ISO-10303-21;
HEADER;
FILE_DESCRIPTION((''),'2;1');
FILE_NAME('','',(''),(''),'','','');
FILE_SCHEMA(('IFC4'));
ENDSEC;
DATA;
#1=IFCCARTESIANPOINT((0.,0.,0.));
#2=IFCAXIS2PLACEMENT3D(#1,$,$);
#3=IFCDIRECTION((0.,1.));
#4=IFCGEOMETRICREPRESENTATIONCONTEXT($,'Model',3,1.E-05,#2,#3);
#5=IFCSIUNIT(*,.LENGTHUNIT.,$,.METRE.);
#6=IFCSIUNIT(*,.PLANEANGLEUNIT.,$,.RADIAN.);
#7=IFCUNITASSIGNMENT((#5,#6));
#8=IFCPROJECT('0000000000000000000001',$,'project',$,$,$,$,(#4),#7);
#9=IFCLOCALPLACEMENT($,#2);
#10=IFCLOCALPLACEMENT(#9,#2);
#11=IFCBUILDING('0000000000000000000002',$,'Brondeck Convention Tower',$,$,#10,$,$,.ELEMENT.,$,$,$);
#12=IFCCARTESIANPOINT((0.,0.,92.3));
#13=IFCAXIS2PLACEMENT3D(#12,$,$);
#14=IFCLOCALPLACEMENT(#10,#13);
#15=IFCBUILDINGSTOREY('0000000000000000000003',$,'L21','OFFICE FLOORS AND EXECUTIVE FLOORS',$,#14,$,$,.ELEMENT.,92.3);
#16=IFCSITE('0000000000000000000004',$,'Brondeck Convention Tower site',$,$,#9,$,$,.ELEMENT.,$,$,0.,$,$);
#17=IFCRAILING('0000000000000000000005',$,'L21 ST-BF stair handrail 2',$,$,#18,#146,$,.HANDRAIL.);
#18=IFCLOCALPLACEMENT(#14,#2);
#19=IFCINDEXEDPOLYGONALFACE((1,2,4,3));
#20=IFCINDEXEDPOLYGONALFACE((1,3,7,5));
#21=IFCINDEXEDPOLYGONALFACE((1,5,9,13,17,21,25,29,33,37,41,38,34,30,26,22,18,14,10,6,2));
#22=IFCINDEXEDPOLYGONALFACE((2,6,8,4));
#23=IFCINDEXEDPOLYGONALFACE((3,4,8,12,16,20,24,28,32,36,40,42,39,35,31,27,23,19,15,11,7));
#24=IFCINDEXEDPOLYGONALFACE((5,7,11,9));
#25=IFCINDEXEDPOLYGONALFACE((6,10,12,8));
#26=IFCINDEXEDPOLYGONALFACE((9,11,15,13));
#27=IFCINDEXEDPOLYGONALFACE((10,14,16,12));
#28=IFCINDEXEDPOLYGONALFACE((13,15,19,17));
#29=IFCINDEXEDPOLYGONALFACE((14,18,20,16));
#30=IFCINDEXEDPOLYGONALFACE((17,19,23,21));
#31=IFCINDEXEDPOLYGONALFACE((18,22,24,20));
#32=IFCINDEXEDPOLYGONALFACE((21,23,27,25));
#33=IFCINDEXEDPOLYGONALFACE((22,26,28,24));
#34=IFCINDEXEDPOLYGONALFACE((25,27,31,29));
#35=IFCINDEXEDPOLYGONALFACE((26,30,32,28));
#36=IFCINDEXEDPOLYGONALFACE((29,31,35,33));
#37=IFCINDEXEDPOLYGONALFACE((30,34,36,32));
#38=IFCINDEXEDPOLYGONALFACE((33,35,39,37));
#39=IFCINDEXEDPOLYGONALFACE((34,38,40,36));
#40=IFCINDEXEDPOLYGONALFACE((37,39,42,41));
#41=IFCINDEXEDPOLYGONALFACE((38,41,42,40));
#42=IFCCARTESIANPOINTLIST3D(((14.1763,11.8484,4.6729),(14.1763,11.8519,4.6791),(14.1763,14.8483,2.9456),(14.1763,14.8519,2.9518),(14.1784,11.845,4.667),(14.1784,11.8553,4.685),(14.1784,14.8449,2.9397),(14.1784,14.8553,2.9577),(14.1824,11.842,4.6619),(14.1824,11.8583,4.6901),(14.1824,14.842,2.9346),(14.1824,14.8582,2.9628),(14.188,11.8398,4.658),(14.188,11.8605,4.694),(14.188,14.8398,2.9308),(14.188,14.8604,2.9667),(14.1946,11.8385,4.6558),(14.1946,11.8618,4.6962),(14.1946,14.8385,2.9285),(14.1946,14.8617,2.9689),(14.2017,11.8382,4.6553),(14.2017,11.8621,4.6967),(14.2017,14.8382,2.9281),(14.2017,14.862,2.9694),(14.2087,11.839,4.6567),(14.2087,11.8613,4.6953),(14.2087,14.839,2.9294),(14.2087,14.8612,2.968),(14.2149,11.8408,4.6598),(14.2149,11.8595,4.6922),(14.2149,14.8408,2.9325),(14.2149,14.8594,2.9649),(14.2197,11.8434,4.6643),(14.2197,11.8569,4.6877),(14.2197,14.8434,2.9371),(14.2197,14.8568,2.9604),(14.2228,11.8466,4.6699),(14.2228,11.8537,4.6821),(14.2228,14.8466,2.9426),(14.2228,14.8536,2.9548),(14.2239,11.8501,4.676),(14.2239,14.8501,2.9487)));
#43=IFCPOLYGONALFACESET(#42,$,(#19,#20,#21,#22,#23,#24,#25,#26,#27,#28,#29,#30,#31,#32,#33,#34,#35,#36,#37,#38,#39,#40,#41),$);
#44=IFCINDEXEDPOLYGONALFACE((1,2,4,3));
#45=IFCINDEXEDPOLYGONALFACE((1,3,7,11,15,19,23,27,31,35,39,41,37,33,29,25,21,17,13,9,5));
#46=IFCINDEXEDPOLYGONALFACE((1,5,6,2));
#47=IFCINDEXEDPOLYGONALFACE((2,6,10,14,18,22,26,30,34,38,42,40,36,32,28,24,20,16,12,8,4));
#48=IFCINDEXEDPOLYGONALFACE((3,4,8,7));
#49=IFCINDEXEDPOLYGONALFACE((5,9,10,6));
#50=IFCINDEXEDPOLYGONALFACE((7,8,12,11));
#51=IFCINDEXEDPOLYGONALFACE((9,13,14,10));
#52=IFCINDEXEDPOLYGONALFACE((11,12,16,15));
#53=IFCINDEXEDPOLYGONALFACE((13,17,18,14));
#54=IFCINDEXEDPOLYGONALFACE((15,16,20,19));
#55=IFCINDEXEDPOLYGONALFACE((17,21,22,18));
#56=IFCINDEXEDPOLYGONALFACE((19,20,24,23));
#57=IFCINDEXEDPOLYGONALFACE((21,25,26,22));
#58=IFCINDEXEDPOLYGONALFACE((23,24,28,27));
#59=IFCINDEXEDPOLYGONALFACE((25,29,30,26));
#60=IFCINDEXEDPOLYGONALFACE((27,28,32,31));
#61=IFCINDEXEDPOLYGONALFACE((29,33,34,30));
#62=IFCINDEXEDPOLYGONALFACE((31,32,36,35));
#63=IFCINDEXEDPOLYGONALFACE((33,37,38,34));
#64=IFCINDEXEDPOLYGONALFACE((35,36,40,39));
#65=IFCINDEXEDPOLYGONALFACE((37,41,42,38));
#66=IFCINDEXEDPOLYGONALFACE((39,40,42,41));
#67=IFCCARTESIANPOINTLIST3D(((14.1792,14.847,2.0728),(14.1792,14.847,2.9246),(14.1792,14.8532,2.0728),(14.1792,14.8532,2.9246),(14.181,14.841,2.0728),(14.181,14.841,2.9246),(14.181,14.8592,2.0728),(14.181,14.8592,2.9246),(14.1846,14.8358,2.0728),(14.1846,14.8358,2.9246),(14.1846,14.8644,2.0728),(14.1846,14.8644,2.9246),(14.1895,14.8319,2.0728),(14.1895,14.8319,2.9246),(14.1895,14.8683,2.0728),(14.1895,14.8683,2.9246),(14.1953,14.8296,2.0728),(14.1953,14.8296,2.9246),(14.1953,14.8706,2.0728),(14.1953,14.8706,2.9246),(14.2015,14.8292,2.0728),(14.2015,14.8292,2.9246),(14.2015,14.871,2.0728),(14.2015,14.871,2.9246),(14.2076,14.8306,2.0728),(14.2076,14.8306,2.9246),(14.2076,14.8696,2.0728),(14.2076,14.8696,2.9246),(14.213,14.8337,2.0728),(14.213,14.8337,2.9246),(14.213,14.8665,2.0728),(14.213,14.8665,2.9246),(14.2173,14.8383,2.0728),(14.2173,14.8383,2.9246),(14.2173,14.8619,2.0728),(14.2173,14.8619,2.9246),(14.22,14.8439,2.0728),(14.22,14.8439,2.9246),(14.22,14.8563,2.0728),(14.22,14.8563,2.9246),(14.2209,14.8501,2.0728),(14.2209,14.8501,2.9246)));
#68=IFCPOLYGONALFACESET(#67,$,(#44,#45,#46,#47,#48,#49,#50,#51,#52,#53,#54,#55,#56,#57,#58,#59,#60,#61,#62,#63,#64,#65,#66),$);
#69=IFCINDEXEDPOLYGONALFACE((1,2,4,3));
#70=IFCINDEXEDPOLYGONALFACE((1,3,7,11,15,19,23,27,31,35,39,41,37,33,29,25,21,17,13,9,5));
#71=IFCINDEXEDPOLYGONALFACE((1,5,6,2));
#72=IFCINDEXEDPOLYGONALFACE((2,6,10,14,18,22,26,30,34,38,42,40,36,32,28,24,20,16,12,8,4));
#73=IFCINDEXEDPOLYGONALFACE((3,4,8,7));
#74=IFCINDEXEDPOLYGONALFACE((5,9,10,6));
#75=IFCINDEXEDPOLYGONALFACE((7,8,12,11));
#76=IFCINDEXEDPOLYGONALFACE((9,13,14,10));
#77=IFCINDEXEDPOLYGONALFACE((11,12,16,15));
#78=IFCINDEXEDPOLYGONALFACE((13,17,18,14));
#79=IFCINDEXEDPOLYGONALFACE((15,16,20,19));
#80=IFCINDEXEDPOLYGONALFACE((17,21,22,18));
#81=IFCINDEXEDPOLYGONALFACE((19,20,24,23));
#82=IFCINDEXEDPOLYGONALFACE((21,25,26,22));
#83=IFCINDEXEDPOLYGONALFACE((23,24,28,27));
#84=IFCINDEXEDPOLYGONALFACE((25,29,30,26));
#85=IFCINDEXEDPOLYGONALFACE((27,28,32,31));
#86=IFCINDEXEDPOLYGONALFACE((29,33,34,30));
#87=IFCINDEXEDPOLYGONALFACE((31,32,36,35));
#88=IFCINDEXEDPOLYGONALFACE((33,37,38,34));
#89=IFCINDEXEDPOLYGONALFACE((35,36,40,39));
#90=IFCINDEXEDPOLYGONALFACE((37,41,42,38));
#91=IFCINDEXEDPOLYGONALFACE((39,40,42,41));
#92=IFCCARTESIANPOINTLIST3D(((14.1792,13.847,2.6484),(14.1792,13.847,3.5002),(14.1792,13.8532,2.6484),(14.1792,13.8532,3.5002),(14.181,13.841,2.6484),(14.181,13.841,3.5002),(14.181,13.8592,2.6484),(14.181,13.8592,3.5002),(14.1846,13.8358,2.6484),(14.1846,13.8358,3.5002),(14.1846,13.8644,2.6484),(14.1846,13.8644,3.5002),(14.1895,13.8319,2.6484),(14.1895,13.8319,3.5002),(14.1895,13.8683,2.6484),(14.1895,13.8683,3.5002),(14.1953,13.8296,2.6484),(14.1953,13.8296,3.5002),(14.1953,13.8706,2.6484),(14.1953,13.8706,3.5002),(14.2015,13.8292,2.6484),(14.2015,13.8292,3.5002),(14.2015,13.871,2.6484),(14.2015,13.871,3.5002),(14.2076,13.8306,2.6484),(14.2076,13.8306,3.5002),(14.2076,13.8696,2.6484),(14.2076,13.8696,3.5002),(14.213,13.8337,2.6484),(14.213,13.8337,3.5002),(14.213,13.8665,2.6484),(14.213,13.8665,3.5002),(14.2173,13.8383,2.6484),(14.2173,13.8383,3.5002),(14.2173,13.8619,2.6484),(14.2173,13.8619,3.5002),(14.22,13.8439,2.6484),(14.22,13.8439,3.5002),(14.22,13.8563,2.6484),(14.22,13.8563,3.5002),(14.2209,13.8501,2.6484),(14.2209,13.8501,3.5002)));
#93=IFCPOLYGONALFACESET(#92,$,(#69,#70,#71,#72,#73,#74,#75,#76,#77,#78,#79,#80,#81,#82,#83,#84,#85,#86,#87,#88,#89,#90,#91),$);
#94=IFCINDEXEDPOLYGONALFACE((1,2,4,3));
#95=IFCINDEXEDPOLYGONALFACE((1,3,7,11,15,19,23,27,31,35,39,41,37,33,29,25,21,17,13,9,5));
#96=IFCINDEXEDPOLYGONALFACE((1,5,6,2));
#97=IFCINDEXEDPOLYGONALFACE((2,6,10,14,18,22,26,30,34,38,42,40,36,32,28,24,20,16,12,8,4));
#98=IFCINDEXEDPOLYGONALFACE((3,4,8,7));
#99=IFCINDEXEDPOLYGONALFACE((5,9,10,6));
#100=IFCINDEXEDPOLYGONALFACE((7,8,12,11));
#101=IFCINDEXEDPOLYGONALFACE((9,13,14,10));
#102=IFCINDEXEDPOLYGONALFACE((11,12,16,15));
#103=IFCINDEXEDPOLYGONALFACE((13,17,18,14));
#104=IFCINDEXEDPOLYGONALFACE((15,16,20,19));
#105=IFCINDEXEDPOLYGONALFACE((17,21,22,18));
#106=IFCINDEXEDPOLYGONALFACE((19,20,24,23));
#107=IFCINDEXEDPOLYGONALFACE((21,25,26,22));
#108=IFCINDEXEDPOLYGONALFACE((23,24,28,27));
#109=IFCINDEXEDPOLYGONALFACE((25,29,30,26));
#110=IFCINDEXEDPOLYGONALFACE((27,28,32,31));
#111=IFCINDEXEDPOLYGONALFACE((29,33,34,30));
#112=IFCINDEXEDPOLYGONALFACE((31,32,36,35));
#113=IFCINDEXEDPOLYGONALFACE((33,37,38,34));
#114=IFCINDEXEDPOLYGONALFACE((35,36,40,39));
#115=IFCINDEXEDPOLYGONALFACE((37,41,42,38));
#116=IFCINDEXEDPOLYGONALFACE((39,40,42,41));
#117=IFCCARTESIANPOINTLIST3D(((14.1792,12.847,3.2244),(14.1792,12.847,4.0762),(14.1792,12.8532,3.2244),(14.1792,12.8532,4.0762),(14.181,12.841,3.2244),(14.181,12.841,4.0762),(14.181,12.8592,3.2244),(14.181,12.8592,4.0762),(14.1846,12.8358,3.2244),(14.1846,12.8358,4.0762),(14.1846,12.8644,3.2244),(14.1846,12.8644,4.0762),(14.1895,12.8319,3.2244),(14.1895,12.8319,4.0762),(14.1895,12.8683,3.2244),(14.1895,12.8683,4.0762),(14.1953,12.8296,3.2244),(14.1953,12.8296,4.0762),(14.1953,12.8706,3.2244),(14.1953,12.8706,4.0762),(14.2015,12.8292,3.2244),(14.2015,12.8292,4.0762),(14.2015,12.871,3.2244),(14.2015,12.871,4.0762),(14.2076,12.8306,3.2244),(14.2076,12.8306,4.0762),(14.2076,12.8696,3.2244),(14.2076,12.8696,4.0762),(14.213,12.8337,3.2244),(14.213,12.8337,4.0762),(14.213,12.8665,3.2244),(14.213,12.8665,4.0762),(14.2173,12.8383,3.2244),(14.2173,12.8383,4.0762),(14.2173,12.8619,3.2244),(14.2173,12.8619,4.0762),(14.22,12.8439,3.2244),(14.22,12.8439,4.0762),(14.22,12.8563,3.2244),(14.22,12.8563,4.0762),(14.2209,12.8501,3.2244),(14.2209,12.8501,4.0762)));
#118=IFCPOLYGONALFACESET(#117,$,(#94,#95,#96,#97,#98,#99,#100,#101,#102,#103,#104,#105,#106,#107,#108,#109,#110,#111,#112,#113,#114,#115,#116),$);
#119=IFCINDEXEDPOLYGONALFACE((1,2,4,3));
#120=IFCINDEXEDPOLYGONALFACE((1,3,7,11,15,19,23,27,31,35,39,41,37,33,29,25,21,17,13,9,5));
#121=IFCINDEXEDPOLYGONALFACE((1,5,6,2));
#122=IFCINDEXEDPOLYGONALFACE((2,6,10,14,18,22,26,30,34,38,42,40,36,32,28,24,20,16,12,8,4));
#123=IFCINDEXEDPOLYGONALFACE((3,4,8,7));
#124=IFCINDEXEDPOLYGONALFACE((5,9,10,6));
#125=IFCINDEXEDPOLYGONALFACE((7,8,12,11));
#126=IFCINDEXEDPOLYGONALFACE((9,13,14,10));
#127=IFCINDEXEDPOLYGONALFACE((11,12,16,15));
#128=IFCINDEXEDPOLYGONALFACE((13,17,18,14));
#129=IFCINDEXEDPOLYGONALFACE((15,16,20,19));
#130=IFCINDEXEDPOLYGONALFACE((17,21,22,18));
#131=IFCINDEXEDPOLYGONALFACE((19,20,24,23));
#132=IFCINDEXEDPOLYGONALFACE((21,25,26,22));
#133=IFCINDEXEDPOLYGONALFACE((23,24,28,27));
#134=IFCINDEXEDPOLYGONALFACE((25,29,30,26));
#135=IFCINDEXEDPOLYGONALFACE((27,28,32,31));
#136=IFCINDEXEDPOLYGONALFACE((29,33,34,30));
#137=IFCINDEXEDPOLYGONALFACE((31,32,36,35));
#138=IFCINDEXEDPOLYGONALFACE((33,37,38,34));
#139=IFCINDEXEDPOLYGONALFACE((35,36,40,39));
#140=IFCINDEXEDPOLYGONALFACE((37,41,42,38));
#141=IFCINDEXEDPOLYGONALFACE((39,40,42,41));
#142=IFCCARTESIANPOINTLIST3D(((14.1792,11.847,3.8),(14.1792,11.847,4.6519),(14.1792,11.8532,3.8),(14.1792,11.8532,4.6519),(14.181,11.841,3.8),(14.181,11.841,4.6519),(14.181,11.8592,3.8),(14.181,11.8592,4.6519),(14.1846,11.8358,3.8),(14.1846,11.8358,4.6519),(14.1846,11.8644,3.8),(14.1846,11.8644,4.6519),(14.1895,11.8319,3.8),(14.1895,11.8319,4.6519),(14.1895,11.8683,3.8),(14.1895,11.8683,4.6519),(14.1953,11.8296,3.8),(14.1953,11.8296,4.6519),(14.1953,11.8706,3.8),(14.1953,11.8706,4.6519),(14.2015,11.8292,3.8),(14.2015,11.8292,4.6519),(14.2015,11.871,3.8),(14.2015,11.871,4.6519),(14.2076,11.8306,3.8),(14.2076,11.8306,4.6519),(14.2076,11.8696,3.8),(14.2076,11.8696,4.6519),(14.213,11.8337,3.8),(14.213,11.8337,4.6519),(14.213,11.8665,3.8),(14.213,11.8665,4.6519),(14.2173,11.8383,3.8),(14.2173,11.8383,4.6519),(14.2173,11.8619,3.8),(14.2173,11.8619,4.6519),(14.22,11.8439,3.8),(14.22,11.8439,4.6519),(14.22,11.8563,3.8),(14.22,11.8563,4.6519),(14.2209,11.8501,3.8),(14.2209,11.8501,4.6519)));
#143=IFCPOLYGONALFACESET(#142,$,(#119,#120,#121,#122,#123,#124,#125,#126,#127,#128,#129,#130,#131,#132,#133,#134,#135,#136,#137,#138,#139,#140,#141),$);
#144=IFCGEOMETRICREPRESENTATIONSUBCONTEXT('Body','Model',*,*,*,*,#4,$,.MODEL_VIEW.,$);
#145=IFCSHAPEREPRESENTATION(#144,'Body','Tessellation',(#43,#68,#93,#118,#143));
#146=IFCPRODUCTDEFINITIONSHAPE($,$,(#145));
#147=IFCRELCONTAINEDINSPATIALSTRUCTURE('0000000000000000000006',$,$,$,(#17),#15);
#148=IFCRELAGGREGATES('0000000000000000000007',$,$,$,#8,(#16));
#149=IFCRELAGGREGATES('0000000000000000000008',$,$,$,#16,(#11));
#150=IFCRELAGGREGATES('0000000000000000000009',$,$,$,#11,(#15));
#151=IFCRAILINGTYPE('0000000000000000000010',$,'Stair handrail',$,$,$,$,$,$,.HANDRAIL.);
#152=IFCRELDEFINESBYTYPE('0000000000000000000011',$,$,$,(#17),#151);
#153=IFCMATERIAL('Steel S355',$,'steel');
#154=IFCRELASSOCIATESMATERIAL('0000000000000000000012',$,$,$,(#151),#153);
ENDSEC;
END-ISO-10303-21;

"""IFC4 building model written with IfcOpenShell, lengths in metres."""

from ifc_helpers import new_model, si_unit, direction, frame, origin, origin_2d, place, context, subcontext, project, spatial, circle, extrude, material, type_object, element, save


model = new_model("IFC4")

# Units and contexts
model_context = context("Model", 3, precision=1e-05, world=origin(), true_north=direction((0.0, 1.0)))
body_context = subcontext(model_context, "Body", "Model", "MODEL_VIEW")
ifc_project = project(units=[si_unit("LENGTHUNIT", "METRE"), si_unit("PLANEANGLEUNIT", "RADIAN")], contexts=[model_context])

# Site, building, storey
site_placement = place(None, origin())
site = spatial("IfcSite", under=ifc_project, at=site_placement, Name="Brondeck Convention Tower site", CompositionType="ELEMENT", RefElevation=0.0)
building_placement = place(site_placement, origin())
building = spatial("IfcBuilding", under=site, at=building_placement, Name="Brondeck Convention Tower", CompositionType="ELEMENT")
storey_placement = place(building_placement, frame((0.0, 0.0, 92.3)))
storey = spatial("IfcBuildingStorey", under=building, at=storey_placement, Name="L21", Description="OFFICE FLOORS AND EXECUTIVE FLOORS", CompositionType="ELEMENT", Elevation=92.3)

# Shared definitions
ifc_material_1 = material(Name="Steel S355", Category="steel")

# Railing
railing_type_1 = type_object("IfcRailingType", Name="Stair handrail", PredefinedType="HANDRAIL", material=ifc_material_1)
railing_1_placement = place(storey_placement, frame((14.2, 14.8501, 2.0728)))
element("IfcRailing", 1, at=railing_1_placement, inside=storey, type_object=railing_type_1, Name="L21 ST-BF stair handrail 2", PredefinedType="HANDRAIL", context=body_context, shape_type="SweptSolid", body=[
    extrude(circle(Radius=0.0239, at=origin_2d()), frame((0.0, 0.0, 0.876), z_axis=(0.0, -0.86662, 0.498969), x_axis=(1.0, 0.0, 0.0)), (0.0, 0.0, 1.0), 3.4617),
    extrude(circle(Radius=0.021, at=origin_2d()), origin(), (0.0, 0.0, 1.0), 0.8518),
    extrude(circle(Radius=0.021, at=origin_2d()), frame((0.0, -1.0, 0.5757)), (0.0, 0.0, 1.0), 0.8518),
    extrude(circle(Radius=0.021, at=origin_2d()), frame((0.0, -2.0, 1.1516)), (0.0, 0.0, 1.0), 0.8518),
    extrude(circle(Radius=0.021, at=origin_2d()), frame((0.0, -3.0, 1.7273)), (0.0, 0.0, 1.0), 0.8518),
])

save(model, "model.ifc")
